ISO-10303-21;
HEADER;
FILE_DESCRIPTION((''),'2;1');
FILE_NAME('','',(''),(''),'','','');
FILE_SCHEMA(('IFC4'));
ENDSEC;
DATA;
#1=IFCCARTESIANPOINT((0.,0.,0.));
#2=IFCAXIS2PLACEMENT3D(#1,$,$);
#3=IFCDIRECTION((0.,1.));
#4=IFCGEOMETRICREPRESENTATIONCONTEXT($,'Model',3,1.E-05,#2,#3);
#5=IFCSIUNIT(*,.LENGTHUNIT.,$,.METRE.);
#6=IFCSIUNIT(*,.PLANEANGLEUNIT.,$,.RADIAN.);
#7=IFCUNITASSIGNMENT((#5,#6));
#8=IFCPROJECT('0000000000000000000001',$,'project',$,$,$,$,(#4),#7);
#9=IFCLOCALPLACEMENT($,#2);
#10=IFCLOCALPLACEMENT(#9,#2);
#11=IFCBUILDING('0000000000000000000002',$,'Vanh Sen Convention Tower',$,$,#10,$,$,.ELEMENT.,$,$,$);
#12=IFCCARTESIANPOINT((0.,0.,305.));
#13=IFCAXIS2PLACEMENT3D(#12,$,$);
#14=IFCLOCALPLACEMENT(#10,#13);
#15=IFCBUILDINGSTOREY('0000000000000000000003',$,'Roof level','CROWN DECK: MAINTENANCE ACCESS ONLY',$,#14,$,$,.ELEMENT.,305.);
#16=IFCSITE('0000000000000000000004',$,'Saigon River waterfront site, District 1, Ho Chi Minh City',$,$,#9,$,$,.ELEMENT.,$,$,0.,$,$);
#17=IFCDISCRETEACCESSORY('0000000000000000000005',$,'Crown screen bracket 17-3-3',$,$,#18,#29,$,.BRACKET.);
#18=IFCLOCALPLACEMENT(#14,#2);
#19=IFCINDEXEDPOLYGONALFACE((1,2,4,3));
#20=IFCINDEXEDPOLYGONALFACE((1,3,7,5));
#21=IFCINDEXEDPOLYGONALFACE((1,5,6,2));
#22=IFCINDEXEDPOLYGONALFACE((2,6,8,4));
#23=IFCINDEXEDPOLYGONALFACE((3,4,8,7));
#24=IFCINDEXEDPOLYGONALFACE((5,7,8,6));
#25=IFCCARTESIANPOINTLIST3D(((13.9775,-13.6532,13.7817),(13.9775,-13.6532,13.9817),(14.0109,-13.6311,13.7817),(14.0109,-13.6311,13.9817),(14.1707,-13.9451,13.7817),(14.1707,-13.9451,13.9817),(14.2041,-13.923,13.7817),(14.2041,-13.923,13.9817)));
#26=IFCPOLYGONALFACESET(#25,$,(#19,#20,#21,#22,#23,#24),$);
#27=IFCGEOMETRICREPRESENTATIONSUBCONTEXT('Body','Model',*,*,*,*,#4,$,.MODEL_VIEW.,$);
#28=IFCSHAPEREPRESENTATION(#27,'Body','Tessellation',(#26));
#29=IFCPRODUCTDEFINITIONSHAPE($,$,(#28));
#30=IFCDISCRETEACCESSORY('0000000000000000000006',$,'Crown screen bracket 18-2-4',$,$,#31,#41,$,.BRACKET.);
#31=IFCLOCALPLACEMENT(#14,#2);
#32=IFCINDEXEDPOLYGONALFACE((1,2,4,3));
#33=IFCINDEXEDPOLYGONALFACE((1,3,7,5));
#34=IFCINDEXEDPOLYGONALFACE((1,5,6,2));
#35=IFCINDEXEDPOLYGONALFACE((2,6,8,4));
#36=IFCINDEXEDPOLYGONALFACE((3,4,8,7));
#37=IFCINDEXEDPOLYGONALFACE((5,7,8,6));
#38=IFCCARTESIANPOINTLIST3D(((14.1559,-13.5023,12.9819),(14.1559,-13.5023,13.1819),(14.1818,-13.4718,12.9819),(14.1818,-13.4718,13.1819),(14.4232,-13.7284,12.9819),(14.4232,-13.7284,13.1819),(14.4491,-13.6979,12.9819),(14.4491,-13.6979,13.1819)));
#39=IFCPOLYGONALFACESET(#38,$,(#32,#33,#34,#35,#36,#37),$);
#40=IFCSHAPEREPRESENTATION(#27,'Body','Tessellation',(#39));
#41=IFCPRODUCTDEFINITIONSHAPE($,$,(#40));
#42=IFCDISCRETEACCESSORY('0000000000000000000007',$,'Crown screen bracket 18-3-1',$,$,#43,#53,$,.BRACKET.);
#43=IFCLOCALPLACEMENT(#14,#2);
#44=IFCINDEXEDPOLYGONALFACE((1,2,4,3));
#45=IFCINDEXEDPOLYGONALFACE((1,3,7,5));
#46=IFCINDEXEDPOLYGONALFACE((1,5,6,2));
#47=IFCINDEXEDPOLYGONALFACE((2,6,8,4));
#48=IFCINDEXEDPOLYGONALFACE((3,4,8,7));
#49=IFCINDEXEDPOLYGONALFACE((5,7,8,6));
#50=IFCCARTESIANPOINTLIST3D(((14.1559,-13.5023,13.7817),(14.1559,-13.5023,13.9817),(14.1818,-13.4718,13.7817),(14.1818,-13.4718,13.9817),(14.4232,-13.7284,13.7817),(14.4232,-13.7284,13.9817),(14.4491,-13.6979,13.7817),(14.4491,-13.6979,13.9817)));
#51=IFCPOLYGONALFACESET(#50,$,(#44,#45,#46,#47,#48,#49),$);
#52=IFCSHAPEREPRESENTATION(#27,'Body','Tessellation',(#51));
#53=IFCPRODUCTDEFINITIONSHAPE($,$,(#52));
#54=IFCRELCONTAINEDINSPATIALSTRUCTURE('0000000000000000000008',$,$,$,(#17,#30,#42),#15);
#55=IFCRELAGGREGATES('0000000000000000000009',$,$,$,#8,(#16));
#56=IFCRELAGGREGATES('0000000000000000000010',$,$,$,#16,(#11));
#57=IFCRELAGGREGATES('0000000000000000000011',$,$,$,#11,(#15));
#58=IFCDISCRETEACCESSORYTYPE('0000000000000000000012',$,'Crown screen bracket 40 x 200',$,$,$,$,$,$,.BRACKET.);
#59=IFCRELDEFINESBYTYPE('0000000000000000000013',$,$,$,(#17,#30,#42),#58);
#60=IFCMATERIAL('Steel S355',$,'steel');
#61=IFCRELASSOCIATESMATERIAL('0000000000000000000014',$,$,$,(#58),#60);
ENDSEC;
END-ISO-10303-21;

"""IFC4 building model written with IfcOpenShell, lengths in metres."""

from ifc_helpers import new_model, si_unit, direction, frame, origin, origin_2d, place, context, subcontext, project, spatial, rectangle, extrude, material, type_object, element, save


model = new_model("IFC4")

# Units and contexts
model_context = context("Model", 3, precision=1e-05, world=origin(), true_north=direction((0.0, 1.0)))
body_context = subcontext(model_context, "Body", "Model", "MODEL_VIEW")
ifc_project = project(units=[si_unit("LENGTHUNIT", "METRE"), si_unit("PLANEANGLEUNIT", "RADIAN")], contexts=[model_context])

# Site, building, storey
site_placement = place(None, origin())
site = spatial("IfcSite", under=ifc_project, at=site_placement, Name="Saigon River waterfront site, District 1, Ho Chi Minh City", CompositionType="ELEMENT", RefElevation=0.0)
building_placement = place(site_placement, origin())
building = spatial("IfcBuilding", under=site, at=building_placement, Name="Vanh Sen Convention Tower", CompositionType="ELEMENT")
storey_placement = place(building_placement, frame((0.0, 0.0, 305.0)))
storey = spatial("IfcBuildingStorey", under=building, at=storey_placement, Name="Roof level", Description="CROWN DECK: MAINTENANCE ACCESS ONLY", CompositionType="ELEMENT", Elevation=305.0)

# Discrete accessories
ifc_material_1 = material(Name="Steel S355", Category="steel")
discrete_accessory_type_1 = type_object("IfcDiscreteAccessoryType", Name="Crown screen bracket 40 x 200", PredefinedType="BRACKET", material=ifc_material_1)
for number, where, z_axis, x_axis, name in (
    (1, (14.0908, -13.7881, 13.7817), (0.0, 0.0, 1.0), (0.551937, -0.833886, 0.0), "Crown screen bracket 17-3-3"),
    (2, (14.3025, -13.6001, 12.9819), (0.0, 0.0, 1.0), (0.763535, -0.645767, 0.0), "Crown screen bracket 18-2-4"),
    (3, (14.3025, -13.6001, 13.7817), (0.0, 0.0, 1.0), (0.763535, -0.645767, 0.0), "Crown screen bracket 18-3-1"),
):
    element("IfcDiscreteAccessory", number, at=place(storey_placement, frame(where, z_axis=z_axis, x_axis=x_axis)), inside=storey, type_object=discrete_accessory_type_1, Name=name, PredefinedType="BRACKET", context=body_context, shape_type="SweptSolid", body=[
        extrude(rectangle(XDim=0.3501, YDim=0.04, at=origin_2d()), origin(), (0.0, 0.0, 1.0), 0.2),
    ])

save(model, "model.ifc")
